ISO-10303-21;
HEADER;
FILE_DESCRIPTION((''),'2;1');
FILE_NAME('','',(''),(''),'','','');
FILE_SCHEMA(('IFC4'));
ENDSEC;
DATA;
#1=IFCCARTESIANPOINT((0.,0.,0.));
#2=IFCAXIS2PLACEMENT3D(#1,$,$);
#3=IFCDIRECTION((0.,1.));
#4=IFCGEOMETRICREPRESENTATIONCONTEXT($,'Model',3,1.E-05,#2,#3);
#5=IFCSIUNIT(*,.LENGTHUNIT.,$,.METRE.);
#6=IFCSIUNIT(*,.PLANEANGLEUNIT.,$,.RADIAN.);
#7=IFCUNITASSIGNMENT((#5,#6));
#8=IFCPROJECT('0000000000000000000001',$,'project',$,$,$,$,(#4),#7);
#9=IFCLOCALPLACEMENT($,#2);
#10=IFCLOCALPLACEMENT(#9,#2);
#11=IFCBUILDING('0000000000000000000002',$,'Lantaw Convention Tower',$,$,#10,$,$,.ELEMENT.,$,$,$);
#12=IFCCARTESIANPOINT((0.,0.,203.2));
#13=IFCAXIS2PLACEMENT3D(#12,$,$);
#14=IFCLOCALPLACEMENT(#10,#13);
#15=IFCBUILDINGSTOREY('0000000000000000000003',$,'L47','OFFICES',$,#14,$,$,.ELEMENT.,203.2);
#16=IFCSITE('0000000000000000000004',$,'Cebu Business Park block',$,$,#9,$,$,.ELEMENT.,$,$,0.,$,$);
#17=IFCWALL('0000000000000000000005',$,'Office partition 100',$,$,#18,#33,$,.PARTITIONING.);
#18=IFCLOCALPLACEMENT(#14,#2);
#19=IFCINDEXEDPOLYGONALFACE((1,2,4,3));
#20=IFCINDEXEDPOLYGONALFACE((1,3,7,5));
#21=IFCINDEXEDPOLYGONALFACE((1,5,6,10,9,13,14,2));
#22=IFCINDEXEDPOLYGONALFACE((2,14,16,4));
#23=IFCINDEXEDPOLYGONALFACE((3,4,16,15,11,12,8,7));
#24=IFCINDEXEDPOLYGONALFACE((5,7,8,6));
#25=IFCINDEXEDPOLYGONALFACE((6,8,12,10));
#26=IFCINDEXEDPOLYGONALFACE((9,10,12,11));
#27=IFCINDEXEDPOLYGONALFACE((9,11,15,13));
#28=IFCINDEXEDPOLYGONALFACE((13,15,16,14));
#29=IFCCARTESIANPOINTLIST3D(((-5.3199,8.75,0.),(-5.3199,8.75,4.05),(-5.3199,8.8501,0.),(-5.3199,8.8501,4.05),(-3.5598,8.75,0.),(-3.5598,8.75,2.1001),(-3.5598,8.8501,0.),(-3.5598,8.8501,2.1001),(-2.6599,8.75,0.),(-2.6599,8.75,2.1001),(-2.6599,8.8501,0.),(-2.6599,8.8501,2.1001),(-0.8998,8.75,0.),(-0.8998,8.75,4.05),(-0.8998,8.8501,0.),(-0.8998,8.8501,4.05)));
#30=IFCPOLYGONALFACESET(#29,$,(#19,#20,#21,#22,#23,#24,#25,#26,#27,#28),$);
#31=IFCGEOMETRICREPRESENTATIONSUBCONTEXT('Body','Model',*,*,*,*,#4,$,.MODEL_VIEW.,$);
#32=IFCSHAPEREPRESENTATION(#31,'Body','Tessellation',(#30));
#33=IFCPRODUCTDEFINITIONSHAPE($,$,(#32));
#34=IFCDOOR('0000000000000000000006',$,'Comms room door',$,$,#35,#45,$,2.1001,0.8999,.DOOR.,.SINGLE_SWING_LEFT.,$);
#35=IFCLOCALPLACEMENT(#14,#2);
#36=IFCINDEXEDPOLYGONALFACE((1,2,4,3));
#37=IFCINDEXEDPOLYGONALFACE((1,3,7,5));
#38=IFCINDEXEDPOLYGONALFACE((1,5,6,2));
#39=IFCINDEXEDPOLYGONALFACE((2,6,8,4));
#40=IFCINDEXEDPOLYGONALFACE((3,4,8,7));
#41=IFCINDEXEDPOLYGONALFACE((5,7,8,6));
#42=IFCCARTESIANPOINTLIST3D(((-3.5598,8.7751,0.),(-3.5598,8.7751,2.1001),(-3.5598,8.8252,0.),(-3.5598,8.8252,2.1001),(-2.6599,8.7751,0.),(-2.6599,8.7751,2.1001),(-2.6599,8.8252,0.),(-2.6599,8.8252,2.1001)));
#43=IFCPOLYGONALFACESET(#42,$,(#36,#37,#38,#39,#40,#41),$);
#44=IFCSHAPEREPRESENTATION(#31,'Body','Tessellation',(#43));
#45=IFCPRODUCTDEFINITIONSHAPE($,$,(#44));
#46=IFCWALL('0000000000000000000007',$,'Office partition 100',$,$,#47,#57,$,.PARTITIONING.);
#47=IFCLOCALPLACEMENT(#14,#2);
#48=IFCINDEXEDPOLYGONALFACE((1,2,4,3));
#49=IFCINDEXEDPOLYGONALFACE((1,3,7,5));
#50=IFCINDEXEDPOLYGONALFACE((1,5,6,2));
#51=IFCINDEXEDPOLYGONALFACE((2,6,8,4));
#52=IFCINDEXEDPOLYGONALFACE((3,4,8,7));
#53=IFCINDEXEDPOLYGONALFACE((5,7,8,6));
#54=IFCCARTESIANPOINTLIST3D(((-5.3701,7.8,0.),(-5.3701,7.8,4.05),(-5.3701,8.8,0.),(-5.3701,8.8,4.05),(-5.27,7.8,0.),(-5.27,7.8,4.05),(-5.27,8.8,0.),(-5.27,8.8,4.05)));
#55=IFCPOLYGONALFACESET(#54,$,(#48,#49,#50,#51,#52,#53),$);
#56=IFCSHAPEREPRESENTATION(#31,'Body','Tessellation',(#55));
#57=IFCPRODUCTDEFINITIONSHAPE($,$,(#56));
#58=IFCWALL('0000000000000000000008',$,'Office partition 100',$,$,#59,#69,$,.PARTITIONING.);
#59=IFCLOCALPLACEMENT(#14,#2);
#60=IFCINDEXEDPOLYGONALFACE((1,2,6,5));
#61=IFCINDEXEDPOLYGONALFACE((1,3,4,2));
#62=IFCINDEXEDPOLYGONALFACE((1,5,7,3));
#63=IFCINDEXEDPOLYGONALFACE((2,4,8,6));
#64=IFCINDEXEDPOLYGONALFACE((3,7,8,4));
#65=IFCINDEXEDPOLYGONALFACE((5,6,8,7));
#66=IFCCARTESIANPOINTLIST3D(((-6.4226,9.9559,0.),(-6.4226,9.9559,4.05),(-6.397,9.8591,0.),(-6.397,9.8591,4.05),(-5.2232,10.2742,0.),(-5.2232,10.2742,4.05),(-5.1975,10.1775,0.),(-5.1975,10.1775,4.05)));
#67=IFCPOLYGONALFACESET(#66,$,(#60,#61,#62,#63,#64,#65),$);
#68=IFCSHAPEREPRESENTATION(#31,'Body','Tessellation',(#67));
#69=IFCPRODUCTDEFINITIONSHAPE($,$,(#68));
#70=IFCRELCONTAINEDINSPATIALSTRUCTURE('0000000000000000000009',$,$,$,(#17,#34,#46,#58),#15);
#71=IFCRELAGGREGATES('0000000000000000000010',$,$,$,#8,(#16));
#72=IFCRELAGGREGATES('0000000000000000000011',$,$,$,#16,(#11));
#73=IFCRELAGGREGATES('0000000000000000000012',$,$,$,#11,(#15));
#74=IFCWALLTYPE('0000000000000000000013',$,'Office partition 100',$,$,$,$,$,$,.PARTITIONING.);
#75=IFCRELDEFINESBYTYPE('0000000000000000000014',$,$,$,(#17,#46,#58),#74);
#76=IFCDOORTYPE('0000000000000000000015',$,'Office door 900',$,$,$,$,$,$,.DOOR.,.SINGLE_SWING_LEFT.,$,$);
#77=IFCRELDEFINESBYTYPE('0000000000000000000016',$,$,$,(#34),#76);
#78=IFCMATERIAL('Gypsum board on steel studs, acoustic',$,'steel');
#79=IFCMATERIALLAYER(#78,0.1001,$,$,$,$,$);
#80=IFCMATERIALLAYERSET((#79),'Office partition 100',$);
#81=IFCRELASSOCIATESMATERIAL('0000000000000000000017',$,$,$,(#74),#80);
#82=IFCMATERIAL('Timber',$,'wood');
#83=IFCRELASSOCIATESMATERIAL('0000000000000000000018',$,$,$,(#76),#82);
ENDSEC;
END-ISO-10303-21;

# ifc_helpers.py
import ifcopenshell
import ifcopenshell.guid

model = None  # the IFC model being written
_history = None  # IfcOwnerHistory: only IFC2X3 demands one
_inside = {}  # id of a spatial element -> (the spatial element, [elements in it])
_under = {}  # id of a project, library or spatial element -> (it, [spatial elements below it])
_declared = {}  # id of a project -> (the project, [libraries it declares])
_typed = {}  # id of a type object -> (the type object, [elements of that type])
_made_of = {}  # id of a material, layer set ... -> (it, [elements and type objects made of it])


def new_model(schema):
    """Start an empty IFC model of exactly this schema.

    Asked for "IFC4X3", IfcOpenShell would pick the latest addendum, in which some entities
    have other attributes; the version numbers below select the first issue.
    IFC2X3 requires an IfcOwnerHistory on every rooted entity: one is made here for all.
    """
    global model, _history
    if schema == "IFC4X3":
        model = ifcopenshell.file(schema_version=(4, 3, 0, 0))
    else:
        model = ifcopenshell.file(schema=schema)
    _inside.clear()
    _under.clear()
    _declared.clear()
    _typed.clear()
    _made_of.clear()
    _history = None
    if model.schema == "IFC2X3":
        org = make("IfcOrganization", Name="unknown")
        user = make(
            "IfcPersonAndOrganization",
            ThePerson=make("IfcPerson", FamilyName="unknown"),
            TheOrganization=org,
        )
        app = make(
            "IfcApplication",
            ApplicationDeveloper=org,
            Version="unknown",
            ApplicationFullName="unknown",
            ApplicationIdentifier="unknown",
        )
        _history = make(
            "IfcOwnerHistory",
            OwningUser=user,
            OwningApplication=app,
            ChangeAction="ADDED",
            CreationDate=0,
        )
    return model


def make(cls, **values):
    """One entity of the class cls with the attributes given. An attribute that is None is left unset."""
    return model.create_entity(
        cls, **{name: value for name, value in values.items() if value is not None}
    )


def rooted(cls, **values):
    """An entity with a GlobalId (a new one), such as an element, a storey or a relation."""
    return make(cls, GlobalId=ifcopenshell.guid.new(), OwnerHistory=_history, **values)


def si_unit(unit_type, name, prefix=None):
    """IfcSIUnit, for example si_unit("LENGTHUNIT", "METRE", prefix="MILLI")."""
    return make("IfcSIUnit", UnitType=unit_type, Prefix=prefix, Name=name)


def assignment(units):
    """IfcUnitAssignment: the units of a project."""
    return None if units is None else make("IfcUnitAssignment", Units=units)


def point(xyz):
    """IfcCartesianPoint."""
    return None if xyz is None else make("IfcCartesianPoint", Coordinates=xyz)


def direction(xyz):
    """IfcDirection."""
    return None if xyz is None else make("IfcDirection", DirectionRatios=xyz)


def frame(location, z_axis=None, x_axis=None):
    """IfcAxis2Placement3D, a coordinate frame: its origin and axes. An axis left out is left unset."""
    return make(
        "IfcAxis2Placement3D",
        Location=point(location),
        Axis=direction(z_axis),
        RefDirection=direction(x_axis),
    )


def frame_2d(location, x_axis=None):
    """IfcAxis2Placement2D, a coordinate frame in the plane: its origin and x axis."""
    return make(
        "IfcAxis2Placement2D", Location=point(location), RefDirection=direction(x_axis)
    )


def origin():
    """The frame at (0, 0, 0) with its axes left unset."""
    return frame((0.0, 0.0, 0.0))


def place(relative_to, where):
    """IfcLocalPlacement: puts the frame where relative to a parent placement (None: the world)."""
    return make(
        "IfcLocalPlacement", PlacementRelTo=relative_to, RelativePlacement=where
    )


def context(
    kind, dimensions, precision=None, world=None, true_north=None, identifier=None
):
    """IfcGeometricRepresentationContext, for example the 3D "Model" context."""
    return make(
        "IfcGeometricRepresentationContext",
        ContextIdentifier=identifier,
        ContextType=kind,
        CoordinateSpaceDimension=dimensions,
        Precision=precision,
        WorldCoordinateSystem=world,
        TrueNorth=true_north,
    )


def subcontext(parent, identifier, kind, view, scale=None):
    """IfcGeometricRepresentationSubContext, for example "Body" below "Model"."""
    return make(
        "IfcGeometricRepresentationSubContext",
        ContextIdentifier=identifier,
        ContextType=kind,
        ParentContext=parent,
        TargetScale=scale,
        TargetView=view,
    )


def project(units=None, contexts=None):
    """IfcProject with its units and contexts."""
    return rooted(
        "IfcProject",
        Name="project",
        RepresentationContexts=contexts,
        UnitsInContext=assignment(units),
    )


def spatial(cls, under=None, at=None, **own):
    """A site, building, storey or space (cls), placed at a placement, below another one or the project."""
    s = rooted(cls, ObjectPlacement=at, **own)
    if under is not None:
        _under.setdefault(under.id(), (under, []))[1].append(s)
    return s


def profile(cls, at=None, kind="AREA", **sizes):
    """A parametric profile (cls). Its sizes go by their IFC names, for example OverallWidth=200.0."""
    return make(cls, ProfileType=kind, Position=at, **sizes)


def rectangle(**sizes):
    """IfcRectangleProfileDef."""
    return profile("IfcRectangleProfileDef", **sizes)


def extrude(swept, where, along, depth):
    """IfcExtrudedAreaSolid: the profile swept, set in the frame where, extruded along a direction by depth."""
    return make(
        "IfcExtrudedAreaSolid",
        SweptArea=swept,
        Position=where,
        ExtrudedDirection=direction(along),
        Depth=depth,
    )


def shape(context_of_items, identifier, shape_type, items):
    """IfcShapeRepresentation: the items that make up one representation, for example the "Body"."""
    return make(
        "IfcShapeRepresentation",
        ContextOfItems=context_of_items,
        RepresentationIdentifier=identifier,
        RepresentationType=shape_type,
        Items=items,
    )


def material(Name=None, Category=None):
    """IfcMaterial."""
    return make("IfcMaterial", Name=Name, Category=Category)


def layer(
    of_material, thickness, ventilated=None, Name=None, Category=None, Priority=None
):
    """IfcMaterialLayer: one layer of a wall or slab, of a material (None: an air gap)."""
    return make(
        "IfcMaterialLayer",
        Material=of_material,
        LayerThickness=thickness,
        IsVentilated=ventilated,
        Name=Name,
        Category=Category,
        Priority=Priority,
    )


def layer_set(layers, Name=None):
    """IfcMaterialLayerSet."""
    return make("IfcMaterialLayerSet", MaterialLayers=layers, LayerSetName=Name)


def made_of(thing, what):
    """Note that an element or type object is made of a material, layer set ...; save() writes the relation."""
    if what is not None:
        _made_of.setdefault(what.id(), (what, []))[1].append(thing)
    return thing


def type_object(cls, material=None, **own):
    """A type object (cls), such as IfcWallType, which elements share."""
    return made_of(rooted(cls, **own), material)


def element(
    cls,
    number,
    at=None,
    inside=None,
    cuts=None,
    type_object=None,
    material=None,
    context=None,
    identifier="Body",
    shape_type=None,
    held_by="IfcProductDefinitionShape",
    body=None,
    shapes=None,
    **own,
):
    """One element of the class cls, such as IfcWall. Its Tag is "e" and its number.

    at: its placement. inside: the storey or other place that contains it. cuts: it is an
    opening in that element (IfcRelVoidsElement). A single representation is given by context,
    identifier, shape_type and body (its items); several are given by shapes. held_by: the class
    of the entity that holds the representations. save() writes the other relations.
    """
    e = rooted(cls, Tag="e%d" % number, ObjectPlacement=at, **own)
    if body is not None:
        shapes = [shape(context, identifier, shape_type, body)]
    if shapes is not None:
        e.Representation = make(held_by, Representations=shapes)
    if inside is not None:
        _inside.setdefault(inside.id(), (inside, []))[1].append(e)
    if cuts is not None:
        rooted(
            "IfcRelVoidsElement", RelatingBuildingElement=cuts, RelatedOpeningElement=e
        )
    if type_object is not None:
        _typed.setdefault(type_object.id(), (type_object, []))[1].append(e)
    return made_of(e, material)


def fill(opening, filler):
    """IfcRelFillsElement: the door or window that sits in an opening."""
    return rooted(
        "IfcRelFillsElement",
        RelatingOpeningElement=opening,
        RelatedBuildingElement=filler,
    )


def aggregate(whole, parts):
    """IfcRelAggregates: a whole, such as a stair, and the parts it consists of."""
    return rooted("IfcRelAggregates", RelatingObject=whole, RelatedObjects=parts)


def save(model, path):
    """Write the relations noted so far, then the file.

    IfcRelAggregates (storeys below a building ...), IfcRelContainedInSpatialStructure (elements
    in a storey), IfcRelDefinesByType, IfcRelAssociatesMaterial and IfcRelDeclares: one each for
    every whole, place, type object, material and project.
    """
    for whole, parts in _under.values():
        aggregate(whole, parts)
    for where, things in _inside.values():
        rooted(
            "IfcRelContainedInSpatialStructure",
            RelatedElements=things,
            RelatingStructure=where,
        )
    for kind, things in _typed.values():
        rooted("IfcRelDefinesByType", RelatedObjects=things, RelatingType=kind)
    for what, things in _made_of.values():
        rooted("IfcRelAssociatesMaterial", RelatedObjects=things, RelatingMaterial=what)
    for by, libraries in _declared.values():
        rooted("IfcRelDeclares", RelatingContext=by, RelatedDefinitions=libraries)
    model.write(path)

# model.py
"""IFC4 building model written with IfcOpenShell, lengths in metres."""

from ifc_helpers import new_model, si_unit, direction, frame, frame_2d, origin, place, context, subcontext, project, spatial, rectangle, extrude, material, layer, layer_set, type_object, element, fill, save


model = new_model("IFC4")

# Units and contexts
model_context = context("Model", 3, precision=1e-05, world=origin(), true_north=direction((0.0, 1.0)))
body_context = subcontext(model_context, "Body", "Model", "MODEL_VIEW")
ifc_project = project(units=[si_unit("LENGTHUNIT", "METRE"), si_unit("PLANEANGLEUNIT", "RADIAN")], contexts=[model_context])

# Site, building, storey
site_placement = place(None, origin())
site = spatial("IfcSite", under=ifc_project, at=site_placement, Name="Cebu Business Park block", CompositionType="ELEMENT", RefElevation=0.0)
building_placement = place(site_placement, origin())
building = spatial("IfcBuilding", under=site, at=building_placement, Name="Lantaw Convention Tower", CompositionType="ELEMENT")
storey_placement = place(building_placement, frame((0.0, 0.0, 203.2)))
storey = spatial("IfcBuildingStorey", under=building, at=storey_placement, Name="L47", Description="OFFICES", CompositionType="ELEMENT", Elevation=203.2)

# Shared definitions
ifc_material_1 = material(Name="Gypsum board on steel studs, acoustic", Category="steel")
ifc_layer_1 = layer(ifc_material_1, 0.1001)
ifc_layer_set_1 = layer_set([ifc_layer_1], Name="Office partition 100")
wall_type_1 = type_object("IfcWallType", Name="Office partition 100", PredefinedType="PARTITIONING", material=ifc_layer_set_1)

# Shared definitions
ifc_material_2 = material(Name="Timber", Category="wood")
door_type_1 = type_object("IfcDoorType", Name="Office door 900", OperationType="SINGLE_SWING_LEFT", PredefinedType="DOOR", material=ifc_material_2)

# Wall, opening, door
wall_1_placement = place(storey_placement, frame((-0.8999, 8.8, 0.0), z_axis=(0.0, 0.0, 1.0), x_axis=(-1.0, 0.0, 0.0)))
wall_1 = element("IfcWall", 1, at=wall_1_placement, inside=storey, type_object=wall_type_1, Name="Office partition 100", PredefinedType="PARTITIONING", context=body_context, shape_type="SweptSolid", body=[
    extrude(rectangle(XDim=4.4202, YDim=0.1001, at=frame_2d((2.21, 0.0))), origin(), (0.0, 0.0, 1.0), 4.05),
])
opening_1_placement = place(wall_1_placement, frame((1.76, 0.0, 0.0)))
opening_1 = element("IfcOpeningElement", 2, at=opening_1_placement, cuts=wall_1, PredefinedType="OPENING", context=body_context, shape_type="SweptSolid", body=[
    extrude(rectangle(XDim=0.8999, YDim=2.1001, at=frame_2d((0.45, 1.05))), frame((0.0, 0.0601, 0.0), z_axis=(0.0, -1.0, 0.0), x_axis=(1.0, 0.0, 0.0)), (0.0, 0.0, 1.0), 0.1201),
])
door_1_placement = place(opening_1_placement, origin())
door_1 = element("IfcDoor", 3, at=door_1_placement, inside=storey, type_object=door_type_1, Name="Comms room door", OperationType="SINGLE_SWING_LEFT", OverallHeight=2.1001, OverallWidth=0.8999, PredefinedType="DOOR", context=body_context, shape_type="SweptSolid", body=[
    extrude(rectangle(XDim=0.8999, YDim=2.1001, at=frame_2d((0.45, 1.05))), frame((0.0, 0.0249, 0.0), z_axis=(0.0, -1.0, 0.0), x_axis=(1.0, 0.0, 0.0)), (0.0, 0.0, 1.0), 0.05),
])
fill(opening_1, door_1)

# Walls
wall_2_placement = place(storey_placement, frame((-5.3201, 8.8, 0.0), z_axis=(0.0, 0.0, 1.0), x_axis=(0.0, -1.0, 0.0)))
element("IfcWall", 4, at=wall_2_placement, inside=storey, type_object=wall_type_1, Name="Office partition 100", PredefinedType="PARTITIONING", context=body_context, shape_type="SweptSolid", body=[
    extrude(rectangle(XDim=1.0, YDim=0.1001, at=frame_2d((0.5, 0.0))), origin(), (0.0, 0.0, 1.0), 4.05),
])
wall_3_placement = place(storey_placement, frame((-6.4099, 9.9075, 0.0), z_axis=(0.0, 0.0, 1.0), x_axis=(0.966535, 0.256536, 0.0)))
element("IfcWall", 5, at=wall_3_placement, inside=storey, type_object=wall_type_1, Name="Office partition 100", PredefinedType="PARTITIONING", context=body_context, shape_type="SweptSolid", body=[
    extrude(rectangle(XDim=1.241, YDim=0.1001, at=frame_2d((0.6206, 0.0))), origin(), (0.0, 0.0, 1.0), 4.05),
])

save(model, "model.ifc")
